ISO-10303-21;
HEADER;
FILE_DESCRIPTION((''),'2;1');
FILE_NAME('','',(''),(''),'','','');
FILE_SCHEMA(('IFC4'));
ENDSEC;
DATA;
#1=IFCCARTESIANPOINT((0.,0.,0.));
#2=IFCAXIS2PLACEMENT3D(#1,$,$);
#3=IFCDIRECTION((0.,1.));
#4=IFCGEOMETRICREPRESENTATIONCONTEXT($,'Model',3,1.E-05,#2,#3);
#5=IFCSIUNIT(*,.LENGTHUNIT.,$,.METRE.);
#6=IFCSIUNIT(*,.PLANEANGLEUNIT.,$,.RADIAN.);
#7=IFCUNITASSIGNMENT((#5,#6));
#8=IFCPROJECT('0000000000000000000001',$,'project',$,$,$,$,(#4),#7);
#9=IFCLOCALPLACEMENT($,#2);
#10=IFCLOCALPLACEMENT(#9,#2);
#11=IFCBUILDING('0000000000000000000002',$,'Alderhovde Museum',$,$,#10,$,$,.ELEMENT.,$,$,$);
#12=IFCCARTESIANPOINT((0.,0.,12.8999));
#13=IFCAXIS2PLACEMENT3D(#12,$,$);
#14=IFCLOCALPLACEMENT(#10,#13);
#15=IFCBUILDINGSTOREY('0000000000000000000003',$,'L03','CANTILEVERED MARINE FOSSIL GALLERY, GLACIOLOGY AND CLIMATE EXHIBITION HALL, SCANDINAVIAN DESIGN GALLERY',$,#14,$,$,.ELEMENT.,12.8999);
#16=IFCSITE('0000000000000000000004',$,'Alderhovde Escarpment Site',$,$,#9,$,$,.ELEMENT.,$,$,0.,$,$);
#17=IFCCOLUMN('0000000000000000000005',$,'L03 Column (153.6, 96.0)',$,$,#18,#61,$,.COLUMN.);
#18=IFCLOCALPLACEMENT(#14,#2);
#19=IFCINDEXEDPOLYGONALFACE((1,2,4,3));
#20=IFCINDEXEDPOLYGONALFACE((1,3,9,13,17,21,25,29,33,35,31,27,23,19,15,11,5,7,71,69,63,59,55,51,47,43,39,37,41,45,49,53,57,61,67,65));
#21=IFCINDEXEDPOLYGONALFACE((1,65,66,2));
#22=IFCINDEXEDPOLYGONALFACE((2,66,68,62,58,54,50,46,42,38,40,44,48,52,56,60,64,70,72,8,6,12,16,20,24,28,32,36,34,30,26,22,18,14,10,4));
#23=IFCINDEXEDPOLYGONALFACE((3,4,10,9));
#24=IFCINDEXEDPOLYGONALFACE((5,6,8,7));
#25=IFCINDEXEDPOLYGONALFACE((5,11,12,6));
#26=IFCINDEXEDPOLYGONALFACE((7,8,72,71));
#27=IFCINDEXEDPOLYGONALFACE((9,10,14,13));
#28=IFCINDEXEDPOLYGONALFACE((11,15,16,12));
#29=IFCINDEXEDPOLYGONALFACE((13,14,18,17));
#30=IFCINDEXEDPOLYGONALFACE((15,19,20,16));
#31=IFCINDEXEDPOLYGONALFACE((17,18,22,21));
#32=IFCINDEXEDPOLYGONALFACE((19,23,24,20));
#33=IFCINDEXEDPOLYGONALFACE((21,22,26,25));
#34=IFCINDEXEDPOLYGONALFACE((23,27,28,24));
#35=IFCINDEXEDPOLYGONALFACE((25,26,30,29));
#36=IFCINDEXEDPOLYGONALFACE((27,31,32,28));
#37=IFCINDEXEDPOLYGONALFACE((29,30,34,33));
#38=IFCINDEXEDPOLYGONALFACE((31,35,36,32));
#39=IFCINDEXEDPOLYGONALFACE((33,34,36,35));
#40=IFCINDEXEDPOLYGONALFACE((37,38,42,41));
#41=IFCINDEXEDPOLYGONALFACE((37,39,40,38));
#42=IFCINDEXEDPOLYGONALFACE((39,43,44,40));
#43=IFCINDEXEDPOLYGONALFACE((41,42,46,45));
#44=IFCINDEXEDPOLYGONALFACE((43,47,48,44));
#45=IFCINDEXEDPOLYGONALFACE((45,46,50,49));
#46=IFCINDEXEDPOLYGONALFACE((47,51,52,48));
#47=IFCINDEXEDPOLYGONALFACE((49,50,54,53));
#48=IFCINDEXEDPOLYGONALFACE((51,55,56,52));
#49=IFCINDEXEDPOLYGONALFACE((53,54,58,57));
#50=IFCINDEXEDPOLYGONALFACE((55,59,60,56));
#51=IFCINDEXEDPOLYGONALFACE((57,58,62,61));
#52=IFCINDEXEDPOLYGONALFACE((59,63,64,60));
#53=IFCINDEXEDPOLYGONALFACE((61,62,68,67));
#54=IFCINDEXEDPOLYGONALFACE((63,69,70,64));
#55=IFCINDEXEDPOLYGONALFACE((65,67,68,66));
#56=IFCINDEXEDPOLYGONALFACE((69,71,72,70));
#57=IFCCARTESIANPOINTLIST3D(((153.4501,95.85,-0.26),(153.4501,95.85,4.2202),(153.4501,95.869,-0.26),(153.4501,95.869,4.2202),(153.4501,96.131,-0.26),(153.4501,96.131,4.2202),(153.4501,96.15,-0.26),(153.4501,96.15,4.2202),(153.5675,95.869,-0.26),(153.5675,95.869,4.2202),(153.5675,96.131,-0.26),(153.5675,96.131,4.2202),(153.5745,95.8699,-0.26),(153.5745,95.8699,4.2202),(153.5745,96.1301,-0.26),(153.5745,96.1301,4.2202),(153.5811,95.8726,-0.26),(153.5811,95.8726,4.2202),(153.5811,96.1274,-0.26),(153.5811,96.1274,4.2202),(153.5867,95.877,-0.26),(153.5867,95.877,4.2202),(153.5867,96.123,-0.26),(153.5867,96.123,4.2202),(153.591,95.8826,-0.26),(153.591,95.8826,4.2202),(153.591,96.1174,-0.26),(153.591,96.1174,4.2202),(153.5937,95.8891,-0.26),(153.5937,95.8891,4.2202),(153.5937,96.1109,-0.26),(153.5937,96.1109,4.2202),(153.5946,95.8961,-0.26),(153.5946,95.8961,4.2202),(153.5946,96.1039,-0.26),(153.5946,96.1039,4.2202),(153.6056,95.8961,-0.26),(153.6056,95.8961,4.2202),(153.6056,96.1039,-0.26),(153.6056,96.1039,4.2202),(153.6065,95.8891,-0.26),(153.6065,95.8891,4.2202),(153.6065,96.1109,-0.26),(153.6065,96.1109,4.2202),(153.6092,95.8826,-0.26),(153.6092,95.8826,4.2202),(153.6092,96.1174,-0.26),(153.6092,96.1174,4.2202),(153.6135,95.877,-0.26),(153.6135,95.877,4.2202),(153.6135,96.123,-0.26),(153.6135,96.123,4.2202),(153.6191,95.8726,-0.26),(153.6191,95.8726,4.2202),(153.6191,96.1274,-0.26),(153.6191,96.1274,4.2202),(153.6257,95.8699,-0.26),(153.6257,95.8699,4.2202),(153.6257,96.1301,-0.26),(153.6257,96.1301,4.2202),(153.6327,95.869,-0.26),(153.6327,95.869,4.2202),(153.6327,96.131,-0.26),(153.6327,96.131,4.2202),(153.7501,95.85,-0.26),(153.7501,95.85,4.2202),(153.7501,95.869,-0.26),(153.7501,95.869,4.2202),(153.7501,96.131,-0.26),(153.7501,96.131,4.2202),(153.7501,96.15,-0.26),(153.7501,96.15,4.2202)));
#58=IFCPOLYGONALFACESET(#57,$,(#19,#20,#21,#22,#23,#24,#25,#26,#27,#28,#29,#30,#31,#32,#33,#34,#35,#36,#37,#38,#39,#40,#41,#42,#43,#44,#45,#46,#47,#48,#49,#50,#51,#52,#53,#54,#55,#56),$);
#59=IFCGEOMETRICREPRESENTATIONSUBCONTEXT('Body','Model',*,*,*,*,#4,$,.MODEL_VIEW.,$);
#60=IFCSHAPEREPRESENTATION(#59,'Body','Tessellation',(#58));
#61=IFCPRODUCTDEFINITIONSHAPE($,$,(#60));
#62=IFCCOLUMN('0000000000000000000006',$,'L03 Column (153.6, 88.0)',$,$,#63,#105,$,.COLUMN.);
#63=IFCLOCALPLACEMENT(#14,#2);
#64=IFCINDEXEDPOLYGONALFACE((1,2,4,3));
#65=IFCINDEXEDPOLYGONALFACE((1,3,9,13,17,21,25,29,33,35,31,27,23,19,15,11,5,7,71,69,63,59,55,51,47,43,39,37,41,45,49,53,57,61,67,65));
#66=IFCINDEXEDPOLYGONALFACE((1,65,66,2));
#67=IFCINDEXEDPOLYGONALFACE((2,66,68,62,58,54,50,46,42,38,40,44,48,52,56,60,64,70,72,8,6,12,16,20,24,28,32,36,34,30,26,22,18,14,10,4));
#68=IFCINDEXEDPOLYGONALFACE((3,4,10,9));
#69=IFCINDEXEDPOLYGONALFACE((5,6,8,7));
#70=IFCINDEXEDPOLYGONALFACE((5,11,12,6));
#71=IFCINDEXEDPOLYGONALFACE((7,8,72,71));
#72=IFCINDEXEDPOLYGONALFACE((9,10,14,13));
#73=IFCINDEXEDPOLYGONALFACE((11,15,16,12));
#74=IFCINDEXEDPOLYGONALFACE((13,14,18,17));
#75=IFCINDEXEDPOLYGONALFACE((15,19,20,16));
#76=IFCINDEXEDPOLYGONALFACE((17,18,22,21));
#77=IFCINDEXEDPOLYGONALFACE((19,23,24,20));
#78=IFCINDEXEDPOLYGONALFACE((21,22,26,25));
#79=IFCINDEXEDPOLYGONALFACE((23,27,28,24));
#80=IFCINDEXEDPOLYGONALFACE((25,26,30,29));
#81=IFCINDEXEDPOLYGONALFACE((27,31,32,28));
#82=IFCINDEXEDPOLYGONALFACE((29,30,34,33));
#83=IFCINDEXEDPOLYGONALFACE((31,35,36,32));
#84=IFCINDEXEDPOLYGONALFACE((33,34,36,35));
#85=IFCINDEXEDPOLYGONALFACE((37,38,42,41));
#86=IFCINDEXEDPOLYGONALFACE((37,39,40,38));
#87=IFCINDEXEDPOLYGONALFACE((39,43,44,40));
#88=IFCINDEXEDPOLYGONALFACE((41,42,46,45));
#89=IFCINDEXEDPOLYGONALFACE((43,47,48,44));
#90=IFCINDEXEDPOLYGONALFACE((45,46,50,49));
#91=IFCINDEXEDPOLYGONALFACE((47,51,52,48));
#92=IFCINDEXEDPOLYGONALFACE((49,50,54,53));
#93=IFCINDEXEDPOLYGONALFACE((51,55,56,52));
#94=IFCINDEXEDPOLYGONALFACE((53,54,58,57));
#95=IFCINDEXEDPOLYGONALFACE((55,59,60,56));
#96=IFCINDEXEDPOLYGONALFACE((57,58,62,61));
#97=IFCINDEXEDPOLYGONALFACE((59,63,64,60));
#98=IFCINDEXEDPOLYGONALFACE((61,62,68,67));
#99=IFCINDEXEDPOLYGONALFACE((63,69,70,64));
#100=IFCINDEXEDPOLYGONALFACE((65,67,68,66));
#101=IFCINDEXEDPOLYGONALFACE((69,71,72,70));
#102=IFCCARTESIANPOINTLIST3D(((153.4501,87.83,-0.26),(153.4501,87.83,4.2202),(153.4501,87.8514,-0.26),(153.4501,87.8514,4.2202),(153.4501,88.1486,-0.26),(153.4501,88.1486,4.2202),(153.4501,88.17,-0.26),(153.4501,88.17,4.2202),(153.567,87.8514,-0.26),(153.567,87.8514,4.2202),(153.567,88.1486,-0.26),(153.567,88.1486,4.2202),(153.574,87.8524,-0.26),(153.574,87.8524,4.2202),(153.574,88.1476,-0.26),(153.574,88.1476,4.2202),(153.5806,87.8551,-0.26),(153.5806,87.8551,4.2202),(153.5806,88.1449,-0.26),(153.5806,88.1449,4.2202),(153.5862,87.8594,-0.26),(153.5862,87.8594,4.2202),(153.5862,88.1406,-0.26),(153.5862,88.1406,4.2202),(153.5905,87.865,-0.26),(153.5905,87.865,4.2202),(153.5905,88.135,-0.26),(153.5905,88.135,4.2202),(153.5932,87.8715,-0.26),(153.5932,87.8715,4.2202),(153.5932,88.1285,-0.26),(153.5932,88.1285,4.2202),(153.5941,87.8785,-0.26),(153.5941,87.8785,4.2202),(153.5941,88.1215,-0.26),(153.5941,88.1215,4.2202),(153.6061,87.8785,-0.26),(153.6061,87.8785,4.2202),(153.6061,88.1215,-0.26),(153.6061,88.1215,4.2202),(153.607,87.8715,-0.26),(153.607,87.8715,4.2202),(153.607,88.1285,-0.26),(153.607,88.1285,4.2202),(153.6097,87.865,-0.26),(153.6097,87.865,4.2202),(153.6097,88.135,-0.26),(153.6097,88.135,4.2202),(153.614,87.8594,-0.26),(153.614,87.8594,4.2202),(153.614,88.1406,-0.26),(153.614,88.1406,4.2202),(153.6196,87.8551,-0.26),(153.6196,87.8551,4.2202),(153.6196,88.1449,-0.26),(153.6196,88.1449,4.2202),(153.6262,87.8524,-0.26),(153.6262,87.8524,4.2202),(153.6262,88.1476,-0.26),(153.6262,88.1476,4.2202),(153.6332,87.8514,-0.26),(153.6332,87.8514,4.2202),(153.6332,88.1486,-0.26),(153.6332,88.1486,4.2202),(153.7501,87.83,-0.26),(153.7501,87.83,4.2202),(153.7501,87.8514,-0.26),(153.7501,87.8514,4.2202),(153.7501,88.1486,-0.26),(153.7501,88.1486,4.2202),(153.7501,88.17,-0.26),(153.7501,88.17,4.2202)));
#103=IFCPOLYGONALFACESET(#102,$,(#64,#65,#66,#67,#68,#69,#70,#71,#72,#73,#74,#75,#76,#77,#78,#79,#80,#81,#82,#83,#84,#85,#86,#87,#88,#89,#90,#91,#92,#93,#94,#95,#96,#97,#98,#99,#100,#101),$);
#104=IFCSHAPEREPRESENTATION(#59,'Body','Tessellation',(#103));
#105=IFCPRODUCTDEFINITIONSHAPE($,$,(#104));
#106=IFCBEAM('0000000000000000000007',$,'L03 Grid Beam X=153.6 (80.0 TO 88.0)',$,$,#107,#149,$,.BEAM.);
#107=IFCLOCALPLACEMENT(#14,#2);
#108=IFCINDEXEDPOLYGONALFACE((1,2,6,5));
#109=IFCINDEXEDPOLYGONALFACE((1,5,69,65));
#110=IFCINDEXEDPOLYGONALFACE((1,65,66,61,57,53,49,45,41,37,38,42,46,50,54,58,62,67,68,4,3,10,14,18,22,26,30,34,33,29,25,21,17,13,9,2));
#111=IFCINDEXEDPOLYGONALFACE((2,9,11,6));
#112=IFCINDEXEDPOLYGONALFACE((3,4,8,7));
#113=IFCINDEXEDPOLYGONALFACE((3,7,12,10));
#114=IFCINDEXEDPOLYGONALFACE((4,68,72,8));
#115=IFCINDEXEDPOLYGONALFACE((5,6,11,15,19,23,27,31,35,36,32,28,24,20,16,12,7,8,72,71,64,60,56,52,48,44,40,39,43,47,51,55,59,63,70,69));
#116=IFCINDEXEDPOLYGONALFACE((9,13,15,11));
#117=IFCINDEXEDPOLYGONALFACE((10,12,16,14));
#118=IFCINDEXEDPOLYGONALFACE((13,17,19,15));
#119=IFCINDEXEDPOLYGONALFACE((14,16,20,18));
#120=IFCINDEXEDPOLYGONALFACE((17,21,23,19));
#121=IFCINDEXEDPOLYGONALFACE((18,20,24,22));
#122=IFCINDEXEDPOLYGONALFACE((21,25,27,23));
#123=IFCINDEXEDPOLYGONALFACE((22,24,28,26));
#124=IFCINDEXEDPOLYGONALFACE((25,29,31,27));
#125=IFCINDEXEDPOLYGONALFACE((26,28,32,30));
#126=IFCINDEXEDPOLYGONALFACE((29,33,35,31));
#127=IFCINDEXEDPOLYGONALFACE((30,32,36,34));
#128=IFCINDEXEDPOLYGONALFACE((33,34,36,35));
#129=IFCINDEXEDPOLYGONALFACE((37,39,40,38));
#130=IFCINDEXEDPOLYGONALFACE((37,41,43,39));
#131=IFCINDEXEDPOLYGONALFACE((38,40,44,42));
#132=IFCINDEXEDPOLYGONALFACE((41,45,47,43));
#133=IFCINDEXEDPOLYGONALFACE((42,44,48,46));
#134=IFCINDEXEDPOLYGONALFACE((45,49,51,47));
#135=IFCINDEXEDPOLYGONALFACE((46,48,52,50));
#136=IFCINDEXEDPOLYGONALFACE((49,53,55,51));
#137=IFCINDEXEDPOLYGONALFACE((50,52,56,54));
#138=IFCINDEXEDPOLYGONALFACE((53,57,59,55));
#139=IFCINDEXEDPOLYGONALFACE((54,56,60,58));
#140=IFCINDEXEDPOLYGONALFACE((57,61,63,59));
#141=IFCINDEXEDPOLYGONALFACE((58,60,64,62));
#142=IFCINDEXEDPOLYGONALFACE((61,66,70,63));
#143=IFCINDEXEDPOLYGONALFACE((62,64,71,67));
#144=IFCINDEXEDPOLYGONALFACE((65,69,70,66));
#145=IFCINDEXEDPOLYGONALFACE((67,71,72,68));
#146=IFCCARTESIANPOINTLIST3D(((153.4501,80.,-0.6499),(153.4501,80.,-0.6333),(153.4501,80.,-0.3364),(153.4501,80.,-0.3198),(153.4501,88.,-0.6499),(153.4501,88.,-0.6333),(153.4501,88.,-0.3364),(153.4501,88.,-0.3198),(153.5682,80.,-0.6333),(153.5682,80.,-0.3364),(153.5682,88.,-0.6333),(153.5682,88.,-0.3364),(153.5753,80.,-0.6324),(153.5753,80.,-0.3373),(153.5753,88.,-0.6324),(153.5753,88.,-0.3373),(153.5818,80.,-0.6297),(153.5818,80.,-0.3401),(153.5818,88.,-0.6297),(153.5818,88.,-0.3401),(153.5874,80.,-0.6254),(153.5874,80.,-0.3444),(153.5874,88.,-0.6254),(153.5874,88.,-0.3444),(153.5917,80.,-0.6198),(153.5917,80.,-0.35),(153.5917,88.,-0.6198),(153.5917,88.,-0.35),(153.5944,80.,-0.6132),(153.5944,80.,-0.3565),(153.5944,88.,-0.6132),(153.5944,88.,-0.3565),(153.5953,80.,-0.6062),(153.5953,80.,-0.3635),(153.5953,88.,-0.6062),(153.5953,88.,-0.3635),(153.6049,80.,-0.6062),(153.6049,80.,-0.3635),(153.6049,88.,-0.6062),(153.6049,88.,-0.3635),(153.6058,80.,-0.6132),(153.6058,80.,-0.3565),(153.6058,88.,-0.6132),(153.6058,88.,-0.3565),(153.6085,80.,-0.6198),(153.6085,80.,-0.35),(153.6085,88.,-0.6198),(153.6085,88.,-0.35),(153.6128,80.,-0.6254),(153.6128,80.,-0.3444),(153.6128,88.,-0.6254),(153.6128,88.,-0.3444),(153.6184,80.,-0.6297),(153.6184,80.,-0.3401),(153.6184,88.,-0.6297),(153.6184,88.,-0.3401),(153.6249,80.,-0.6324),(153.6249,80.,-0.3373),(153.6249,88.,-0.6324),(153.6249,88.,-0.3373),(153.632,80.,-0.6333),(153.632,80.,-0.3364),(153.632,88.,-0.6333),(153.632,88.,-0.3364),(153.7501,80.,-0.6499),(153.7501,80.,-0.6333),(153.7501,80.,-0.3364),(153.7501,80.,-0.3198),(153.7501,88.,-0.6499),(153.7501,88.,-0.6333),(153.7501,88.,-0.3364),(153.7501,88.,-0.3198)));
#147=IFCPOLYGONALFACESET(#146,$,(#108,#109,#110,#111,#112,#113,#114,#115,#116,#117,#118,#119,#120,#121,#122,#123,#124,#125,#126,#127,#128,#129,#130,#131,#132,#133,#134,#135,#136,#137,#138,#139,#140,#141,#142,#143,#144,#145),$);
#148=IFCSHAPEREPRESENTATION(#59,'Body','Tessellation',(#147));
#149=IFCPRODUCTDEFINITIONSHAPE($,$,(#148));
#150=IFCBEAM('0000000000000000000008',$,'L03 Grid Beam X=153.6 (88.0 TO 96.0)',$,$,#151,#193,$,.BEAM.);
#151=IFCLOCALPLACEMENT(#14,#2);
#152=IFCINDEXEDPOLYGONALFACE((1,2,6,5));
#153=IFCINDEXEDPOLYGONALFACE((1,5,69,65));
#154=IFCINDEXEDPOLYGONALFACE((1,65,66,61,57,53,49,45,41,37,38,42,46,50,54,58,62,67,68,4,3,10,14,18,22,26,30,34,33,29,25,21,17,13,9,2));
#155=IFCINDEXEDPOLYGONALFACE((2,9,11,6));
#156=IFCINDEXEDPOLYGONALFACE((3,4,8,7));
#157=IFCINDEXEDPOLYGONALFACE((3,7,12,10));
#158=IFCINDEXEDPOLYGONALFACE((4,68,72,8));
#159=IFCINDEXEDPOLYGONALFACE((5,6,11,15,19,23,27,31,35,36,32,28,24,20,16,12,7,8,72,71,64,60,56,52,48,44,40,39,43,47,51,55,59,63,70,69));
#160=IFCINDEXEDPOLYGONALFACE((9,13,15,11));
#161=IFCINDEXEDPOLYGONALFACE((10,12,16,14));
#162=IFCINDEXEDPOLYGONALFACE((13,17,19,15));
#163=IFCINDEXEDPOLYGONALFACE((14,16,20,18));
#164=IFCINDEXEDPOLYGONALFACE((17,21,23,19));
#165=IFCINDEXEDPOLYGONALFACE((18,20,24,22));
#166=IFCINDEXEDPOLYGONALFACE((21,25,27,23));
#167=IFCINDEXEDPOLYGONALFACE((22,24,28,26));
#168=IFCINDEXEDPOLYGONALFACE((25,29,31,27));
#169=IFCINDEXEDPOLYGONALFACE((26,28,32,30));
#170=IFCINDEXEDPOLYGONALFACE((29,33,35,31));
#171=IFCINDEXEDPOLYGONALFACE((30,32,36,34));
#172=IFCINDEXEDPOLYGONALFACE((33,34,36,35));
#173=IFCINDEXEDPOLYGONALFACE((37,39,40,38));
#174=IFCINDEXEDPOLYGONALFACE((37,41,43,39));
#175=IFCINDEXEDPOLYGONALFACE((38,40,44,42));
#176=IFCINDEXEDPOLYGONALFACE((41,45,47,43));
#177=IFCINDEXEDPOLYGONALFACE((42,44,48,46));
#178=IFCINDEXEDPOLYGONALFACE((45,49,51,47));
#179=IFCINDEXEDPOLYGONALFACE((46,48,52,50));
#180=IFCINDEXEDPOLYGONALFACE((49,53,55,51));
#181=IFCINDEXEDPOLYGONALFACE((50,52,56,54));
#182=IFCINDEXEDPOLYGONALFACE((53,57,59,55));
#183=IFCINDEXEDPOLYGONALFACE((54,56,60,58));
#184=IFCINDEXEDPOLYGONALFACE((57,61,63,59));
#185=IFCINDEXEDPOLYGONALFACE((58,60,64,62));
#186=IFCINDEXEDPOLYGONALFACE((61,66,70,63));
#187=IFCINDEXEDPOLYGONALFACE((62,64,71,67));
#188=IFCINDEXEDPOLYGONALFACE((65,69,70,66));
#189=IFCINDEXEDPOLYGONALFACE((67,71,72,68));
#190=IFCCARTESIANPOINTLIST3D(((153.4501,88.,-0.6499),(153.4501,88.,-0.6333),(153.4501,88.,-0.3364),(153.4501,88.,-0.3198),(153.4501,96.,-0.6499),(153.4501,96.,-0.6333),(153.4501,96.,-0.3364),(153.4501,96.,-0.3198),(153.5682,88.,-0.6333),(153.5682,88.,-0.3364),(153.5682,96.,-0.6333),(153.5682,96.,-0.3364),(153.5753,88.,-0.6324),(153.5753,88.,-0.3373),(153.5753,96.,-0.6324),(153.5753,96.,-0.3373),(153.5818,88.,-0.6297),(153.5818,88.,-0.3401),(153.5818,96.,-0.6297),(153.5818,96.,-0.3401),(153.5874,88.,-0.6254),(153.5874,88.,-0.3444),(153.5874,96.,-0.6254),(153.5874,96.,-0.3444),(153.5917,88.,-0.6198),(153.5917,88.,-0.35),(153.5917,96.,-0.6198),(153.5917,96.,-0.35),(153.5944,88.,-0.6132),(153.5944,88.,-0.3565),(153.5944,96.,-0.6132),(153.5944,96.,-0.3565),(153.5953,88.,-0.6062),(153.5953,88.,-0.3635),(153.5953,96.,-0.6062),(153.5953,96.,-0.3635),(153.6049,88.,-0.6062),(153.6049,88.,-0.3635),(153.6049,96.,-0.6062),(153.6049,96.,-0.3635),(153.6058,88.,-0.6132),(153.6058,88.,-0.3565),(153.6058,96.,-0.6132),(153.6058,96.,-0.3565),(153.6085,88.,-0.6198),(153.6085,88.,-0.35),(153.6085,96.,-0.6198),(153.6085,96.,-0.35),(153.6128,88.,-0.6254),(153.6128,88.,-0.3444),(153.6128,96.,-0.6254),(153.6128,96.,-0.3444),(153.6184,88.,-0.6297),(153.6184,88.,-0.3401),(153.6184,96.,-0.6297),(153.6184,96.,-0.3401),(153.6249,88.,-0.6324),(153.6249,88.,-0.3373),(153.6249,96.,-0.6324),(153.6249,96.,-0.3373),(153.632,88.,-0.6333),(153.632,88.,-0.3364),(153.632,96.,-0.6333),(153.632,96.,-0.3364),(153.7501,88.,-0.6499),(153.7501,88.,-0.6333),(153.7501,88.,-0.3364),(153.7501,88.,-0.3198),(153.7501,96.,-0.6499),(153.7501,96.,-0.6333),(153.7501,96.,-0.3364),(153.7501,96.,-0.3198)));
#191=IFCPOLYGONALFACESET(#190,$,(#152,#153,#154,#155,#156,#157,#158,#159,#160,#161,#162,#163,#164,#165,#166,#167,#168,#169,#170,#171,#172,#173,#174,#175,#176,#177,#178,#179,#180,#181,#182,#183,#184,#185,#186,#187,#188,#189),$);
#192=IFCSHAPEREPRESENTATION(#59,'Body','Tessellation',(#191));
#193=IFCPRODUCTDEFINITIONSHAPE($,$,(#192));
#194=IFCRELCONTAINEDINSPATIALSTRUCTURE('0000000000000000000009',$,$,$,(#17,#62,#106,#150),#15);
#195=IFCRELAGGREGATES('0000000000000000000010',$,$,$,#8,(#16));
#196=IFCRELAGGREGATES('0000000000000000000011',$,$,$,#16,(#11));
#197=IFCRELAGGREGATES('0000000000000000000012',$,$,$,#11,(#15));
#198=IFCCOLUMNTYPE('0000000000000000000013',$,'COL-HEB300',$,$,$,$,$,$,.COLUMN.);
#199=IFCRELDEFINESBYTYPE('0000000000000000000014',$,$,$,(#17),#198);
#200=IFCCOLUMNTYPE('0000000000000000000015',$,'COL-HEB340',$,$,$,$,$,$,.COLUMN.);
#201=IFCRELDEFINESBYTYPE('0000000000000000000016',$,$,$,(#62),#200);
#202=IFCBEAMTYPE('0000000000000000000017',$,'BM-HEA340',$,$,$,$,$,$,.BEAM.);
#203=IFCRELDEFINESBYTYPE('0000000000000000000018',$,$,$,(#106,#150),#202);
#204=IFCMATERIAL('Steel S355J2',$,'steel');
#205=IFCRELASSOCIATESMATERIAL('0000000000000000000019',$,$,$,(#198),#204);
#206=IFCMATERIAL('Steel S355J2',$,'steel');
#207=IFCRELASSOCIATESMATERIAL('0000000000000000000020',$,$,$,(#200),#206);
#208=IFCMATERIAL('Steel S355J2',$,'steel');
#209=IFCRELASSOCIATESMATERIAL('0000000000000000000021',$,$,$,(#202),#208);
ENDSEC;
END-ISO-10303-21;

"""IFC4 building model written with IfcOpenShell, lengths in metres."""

from ifc_helpers import new_model, si_unit, direction, frame, origin, origin_2d, place, context, subcontext, project, spatial, i_section, extrude, material, material_profile, profile_set, type_object, element, save


model = new_model("IFC4")

# Units and contexts
model_context = context("Model", 3, precision=1e-05, world=origin(), true_north=direction((0.0, 1.0)))
body_context = subcontext(model_context, "Body", "Model", "MODEL_VIEW")
ifc_project = project(units=[si_unit("LENGTHUNIT", "METRE"), si_unit("PLANEANGLEUNIT", "RADIAN")], contexts=[model_context])

# Site, building, storey
site_placement = place(None, origin())
site = spatial("IfcSite", under=ifc_project, at=site_placement, Name="Alderhovde Escarpment Site", CompositionType="ELEMENT", RefElevation=0.0)
building_placement = place(site_placement, origin())
building = spatial("IfcBuilding", under=site, at=building_placement, Name="Alderhovde Museum", CompositionType="ELEMENT")
storey_placement = place(building_placement, frame((0.0, 0.0, 12.8999)))
storey = spatial("IfcBuildingStorey", under=building, at=storey_placement, Name="L03", Description="CANTILEVERED MARINE FOSSIL GALLERY, GLACIOLOGY AND CLIMATE EXHIBITION HALL, SCANDINAVIAN DESIGN GALLERY", CompositionType="ELEMENT", Elevation=12.8999)

# Columns
ifc_material_1 = material(Name="Steel S355J2", Category="steel")
ifc_material_profile_1 = material_profile(ifc_material_1, i_section(OverallWidth=0.3, OverallDepth=0.3, WebThickness=0.011, FlangeThickness=0.019, FilletRadius=0.0271, at=origin_2d()), Name="HEB 300")
ifc_profile_set_1 = profile_set([ifc_material_profile_1], Name="Steel S355J2")
column_type_1 = type_object("IfcColumnType", Name="COL-HEB300", PredefinedType="COLUMN", material=ifc_profile_set_1)
column_1_placement = place(storey_placement, frame((153.6001, 96.0, -0.26), z_axis=(0.0, 0.0, 1.0), x_axis=(1.0, 0.0, 0.0)))
element("IfcColumn", 1, at=column_1_placement, inside=storey, type_object=column_type_1, Name="L03 Column (153.6, 96.0)", PredefinedType="COLUMN", context=body_context, shape_type="SweptSolid", body=[
    extrude(i_section(OverallWidth=0.3, OverallDepth=0.3, WebThickness=0.011, FlangeThickness=0.019, FilletRadius=0.0271, at=origin_2d()), origin(), (0.0, 0.0, 1.0), 4.4802),
])
ifc_material_2 = material(Name="Steel S355J2", Category="steel")
ifc_material_profile_2 = material_profile(ifc_material_2, i_section(OverallWidth=0.3, OverallDepth=0.3401, WebThickness=0.012, FlangeThickness=0.0215, FilletRadius=0.0271, at=origin_2d()), Name="HEB 340")
ifc_profile_set_2 = profile_set([ifc_material_profile_2], Name="Steel S355J2")
column_type_2 = type_object("IfcColumnType", Name="COL-HEB340", PredefinedType="COLUMN", material=ifc_profile_set_2)
column_2_placement = place(storey_placement, frame((153.6001, 88.0, -0.26), z_axis=(0.0, 0.0, 1.0), x_axis=(1.0, 0.0, 0.0)))
element("IfcColumn", 2, at=column_2_placement, inside=storey, type_object=column_type_2, Name="L03 Column (153.6, 88.0)", PredefinedType="COLUMN", context=body_context, shape_type="SweptSolid", body=[
    extrude(i_section(OverallWidth=0.3, OverallDepth=0.3401, WebThickness=0.012, FlangeThickness=0.0215, FilletRadius=0.0271, at=origin_2d()), origin(), (0.0, 0.0, 1.0), 4.4802),
])

# Beams
ifc_material_3 = material(Name="Steel S355J2", Category="steel")
ifc_material_profile_3 = material_profile(ifc_material_3, i_section(OverallWidth=0.3, OverallDepth=0.3301, WebThickness=0.0095, FlangeThickness=0.0166, FilletRadius=0.0271, at=origin_2d()), Name="HEA 340")
ifc_profile_set_3 = profile_set([ifc_material_profile_3], Name="Steel S355J2")
beam_type_1 = type_object("IfcBeamType", Name="BM-HEA340", PredefinedType="BEAM", material=ifc_profile_set_3)
for number, where, z_axis, x_axis, name in (
    (3, (153.6001, 80.0, -0.4849), (0.0, 1.0, 0.0), (-1.0, 0.0, 0.0), "L03 Grid Beam X=153.6 (80.0 TO 88.0)"),
    (4, (153.6001, 88.0, -0.4849), (0.0, 1.0, 0.0), (-1.0, 0.0, 0.0), "L03 Grid Beam X=153.6 (88.0 TO 96.0)"),
):
    element("IfcBeam", number, at=place(storey_placement, frame(where, z_axis=z_axis, x_axis=x_axis)), inside=storey, type_object=beam_type_1, Name=name, PredefinedType="BEAM", context=body_context, shape_type="SweptSolid", body=[
        extrude(i_section(OverallWidth=0.3, OverallDepth=0.3301, WebThickness=0.0095, FlangeThickness=0.0166, FilletRadius=0.0271, at=origin_2d()), origin(), (0.0, 0.0, 1.0), 8.0),
    ])

save(model, "model.ifc")
